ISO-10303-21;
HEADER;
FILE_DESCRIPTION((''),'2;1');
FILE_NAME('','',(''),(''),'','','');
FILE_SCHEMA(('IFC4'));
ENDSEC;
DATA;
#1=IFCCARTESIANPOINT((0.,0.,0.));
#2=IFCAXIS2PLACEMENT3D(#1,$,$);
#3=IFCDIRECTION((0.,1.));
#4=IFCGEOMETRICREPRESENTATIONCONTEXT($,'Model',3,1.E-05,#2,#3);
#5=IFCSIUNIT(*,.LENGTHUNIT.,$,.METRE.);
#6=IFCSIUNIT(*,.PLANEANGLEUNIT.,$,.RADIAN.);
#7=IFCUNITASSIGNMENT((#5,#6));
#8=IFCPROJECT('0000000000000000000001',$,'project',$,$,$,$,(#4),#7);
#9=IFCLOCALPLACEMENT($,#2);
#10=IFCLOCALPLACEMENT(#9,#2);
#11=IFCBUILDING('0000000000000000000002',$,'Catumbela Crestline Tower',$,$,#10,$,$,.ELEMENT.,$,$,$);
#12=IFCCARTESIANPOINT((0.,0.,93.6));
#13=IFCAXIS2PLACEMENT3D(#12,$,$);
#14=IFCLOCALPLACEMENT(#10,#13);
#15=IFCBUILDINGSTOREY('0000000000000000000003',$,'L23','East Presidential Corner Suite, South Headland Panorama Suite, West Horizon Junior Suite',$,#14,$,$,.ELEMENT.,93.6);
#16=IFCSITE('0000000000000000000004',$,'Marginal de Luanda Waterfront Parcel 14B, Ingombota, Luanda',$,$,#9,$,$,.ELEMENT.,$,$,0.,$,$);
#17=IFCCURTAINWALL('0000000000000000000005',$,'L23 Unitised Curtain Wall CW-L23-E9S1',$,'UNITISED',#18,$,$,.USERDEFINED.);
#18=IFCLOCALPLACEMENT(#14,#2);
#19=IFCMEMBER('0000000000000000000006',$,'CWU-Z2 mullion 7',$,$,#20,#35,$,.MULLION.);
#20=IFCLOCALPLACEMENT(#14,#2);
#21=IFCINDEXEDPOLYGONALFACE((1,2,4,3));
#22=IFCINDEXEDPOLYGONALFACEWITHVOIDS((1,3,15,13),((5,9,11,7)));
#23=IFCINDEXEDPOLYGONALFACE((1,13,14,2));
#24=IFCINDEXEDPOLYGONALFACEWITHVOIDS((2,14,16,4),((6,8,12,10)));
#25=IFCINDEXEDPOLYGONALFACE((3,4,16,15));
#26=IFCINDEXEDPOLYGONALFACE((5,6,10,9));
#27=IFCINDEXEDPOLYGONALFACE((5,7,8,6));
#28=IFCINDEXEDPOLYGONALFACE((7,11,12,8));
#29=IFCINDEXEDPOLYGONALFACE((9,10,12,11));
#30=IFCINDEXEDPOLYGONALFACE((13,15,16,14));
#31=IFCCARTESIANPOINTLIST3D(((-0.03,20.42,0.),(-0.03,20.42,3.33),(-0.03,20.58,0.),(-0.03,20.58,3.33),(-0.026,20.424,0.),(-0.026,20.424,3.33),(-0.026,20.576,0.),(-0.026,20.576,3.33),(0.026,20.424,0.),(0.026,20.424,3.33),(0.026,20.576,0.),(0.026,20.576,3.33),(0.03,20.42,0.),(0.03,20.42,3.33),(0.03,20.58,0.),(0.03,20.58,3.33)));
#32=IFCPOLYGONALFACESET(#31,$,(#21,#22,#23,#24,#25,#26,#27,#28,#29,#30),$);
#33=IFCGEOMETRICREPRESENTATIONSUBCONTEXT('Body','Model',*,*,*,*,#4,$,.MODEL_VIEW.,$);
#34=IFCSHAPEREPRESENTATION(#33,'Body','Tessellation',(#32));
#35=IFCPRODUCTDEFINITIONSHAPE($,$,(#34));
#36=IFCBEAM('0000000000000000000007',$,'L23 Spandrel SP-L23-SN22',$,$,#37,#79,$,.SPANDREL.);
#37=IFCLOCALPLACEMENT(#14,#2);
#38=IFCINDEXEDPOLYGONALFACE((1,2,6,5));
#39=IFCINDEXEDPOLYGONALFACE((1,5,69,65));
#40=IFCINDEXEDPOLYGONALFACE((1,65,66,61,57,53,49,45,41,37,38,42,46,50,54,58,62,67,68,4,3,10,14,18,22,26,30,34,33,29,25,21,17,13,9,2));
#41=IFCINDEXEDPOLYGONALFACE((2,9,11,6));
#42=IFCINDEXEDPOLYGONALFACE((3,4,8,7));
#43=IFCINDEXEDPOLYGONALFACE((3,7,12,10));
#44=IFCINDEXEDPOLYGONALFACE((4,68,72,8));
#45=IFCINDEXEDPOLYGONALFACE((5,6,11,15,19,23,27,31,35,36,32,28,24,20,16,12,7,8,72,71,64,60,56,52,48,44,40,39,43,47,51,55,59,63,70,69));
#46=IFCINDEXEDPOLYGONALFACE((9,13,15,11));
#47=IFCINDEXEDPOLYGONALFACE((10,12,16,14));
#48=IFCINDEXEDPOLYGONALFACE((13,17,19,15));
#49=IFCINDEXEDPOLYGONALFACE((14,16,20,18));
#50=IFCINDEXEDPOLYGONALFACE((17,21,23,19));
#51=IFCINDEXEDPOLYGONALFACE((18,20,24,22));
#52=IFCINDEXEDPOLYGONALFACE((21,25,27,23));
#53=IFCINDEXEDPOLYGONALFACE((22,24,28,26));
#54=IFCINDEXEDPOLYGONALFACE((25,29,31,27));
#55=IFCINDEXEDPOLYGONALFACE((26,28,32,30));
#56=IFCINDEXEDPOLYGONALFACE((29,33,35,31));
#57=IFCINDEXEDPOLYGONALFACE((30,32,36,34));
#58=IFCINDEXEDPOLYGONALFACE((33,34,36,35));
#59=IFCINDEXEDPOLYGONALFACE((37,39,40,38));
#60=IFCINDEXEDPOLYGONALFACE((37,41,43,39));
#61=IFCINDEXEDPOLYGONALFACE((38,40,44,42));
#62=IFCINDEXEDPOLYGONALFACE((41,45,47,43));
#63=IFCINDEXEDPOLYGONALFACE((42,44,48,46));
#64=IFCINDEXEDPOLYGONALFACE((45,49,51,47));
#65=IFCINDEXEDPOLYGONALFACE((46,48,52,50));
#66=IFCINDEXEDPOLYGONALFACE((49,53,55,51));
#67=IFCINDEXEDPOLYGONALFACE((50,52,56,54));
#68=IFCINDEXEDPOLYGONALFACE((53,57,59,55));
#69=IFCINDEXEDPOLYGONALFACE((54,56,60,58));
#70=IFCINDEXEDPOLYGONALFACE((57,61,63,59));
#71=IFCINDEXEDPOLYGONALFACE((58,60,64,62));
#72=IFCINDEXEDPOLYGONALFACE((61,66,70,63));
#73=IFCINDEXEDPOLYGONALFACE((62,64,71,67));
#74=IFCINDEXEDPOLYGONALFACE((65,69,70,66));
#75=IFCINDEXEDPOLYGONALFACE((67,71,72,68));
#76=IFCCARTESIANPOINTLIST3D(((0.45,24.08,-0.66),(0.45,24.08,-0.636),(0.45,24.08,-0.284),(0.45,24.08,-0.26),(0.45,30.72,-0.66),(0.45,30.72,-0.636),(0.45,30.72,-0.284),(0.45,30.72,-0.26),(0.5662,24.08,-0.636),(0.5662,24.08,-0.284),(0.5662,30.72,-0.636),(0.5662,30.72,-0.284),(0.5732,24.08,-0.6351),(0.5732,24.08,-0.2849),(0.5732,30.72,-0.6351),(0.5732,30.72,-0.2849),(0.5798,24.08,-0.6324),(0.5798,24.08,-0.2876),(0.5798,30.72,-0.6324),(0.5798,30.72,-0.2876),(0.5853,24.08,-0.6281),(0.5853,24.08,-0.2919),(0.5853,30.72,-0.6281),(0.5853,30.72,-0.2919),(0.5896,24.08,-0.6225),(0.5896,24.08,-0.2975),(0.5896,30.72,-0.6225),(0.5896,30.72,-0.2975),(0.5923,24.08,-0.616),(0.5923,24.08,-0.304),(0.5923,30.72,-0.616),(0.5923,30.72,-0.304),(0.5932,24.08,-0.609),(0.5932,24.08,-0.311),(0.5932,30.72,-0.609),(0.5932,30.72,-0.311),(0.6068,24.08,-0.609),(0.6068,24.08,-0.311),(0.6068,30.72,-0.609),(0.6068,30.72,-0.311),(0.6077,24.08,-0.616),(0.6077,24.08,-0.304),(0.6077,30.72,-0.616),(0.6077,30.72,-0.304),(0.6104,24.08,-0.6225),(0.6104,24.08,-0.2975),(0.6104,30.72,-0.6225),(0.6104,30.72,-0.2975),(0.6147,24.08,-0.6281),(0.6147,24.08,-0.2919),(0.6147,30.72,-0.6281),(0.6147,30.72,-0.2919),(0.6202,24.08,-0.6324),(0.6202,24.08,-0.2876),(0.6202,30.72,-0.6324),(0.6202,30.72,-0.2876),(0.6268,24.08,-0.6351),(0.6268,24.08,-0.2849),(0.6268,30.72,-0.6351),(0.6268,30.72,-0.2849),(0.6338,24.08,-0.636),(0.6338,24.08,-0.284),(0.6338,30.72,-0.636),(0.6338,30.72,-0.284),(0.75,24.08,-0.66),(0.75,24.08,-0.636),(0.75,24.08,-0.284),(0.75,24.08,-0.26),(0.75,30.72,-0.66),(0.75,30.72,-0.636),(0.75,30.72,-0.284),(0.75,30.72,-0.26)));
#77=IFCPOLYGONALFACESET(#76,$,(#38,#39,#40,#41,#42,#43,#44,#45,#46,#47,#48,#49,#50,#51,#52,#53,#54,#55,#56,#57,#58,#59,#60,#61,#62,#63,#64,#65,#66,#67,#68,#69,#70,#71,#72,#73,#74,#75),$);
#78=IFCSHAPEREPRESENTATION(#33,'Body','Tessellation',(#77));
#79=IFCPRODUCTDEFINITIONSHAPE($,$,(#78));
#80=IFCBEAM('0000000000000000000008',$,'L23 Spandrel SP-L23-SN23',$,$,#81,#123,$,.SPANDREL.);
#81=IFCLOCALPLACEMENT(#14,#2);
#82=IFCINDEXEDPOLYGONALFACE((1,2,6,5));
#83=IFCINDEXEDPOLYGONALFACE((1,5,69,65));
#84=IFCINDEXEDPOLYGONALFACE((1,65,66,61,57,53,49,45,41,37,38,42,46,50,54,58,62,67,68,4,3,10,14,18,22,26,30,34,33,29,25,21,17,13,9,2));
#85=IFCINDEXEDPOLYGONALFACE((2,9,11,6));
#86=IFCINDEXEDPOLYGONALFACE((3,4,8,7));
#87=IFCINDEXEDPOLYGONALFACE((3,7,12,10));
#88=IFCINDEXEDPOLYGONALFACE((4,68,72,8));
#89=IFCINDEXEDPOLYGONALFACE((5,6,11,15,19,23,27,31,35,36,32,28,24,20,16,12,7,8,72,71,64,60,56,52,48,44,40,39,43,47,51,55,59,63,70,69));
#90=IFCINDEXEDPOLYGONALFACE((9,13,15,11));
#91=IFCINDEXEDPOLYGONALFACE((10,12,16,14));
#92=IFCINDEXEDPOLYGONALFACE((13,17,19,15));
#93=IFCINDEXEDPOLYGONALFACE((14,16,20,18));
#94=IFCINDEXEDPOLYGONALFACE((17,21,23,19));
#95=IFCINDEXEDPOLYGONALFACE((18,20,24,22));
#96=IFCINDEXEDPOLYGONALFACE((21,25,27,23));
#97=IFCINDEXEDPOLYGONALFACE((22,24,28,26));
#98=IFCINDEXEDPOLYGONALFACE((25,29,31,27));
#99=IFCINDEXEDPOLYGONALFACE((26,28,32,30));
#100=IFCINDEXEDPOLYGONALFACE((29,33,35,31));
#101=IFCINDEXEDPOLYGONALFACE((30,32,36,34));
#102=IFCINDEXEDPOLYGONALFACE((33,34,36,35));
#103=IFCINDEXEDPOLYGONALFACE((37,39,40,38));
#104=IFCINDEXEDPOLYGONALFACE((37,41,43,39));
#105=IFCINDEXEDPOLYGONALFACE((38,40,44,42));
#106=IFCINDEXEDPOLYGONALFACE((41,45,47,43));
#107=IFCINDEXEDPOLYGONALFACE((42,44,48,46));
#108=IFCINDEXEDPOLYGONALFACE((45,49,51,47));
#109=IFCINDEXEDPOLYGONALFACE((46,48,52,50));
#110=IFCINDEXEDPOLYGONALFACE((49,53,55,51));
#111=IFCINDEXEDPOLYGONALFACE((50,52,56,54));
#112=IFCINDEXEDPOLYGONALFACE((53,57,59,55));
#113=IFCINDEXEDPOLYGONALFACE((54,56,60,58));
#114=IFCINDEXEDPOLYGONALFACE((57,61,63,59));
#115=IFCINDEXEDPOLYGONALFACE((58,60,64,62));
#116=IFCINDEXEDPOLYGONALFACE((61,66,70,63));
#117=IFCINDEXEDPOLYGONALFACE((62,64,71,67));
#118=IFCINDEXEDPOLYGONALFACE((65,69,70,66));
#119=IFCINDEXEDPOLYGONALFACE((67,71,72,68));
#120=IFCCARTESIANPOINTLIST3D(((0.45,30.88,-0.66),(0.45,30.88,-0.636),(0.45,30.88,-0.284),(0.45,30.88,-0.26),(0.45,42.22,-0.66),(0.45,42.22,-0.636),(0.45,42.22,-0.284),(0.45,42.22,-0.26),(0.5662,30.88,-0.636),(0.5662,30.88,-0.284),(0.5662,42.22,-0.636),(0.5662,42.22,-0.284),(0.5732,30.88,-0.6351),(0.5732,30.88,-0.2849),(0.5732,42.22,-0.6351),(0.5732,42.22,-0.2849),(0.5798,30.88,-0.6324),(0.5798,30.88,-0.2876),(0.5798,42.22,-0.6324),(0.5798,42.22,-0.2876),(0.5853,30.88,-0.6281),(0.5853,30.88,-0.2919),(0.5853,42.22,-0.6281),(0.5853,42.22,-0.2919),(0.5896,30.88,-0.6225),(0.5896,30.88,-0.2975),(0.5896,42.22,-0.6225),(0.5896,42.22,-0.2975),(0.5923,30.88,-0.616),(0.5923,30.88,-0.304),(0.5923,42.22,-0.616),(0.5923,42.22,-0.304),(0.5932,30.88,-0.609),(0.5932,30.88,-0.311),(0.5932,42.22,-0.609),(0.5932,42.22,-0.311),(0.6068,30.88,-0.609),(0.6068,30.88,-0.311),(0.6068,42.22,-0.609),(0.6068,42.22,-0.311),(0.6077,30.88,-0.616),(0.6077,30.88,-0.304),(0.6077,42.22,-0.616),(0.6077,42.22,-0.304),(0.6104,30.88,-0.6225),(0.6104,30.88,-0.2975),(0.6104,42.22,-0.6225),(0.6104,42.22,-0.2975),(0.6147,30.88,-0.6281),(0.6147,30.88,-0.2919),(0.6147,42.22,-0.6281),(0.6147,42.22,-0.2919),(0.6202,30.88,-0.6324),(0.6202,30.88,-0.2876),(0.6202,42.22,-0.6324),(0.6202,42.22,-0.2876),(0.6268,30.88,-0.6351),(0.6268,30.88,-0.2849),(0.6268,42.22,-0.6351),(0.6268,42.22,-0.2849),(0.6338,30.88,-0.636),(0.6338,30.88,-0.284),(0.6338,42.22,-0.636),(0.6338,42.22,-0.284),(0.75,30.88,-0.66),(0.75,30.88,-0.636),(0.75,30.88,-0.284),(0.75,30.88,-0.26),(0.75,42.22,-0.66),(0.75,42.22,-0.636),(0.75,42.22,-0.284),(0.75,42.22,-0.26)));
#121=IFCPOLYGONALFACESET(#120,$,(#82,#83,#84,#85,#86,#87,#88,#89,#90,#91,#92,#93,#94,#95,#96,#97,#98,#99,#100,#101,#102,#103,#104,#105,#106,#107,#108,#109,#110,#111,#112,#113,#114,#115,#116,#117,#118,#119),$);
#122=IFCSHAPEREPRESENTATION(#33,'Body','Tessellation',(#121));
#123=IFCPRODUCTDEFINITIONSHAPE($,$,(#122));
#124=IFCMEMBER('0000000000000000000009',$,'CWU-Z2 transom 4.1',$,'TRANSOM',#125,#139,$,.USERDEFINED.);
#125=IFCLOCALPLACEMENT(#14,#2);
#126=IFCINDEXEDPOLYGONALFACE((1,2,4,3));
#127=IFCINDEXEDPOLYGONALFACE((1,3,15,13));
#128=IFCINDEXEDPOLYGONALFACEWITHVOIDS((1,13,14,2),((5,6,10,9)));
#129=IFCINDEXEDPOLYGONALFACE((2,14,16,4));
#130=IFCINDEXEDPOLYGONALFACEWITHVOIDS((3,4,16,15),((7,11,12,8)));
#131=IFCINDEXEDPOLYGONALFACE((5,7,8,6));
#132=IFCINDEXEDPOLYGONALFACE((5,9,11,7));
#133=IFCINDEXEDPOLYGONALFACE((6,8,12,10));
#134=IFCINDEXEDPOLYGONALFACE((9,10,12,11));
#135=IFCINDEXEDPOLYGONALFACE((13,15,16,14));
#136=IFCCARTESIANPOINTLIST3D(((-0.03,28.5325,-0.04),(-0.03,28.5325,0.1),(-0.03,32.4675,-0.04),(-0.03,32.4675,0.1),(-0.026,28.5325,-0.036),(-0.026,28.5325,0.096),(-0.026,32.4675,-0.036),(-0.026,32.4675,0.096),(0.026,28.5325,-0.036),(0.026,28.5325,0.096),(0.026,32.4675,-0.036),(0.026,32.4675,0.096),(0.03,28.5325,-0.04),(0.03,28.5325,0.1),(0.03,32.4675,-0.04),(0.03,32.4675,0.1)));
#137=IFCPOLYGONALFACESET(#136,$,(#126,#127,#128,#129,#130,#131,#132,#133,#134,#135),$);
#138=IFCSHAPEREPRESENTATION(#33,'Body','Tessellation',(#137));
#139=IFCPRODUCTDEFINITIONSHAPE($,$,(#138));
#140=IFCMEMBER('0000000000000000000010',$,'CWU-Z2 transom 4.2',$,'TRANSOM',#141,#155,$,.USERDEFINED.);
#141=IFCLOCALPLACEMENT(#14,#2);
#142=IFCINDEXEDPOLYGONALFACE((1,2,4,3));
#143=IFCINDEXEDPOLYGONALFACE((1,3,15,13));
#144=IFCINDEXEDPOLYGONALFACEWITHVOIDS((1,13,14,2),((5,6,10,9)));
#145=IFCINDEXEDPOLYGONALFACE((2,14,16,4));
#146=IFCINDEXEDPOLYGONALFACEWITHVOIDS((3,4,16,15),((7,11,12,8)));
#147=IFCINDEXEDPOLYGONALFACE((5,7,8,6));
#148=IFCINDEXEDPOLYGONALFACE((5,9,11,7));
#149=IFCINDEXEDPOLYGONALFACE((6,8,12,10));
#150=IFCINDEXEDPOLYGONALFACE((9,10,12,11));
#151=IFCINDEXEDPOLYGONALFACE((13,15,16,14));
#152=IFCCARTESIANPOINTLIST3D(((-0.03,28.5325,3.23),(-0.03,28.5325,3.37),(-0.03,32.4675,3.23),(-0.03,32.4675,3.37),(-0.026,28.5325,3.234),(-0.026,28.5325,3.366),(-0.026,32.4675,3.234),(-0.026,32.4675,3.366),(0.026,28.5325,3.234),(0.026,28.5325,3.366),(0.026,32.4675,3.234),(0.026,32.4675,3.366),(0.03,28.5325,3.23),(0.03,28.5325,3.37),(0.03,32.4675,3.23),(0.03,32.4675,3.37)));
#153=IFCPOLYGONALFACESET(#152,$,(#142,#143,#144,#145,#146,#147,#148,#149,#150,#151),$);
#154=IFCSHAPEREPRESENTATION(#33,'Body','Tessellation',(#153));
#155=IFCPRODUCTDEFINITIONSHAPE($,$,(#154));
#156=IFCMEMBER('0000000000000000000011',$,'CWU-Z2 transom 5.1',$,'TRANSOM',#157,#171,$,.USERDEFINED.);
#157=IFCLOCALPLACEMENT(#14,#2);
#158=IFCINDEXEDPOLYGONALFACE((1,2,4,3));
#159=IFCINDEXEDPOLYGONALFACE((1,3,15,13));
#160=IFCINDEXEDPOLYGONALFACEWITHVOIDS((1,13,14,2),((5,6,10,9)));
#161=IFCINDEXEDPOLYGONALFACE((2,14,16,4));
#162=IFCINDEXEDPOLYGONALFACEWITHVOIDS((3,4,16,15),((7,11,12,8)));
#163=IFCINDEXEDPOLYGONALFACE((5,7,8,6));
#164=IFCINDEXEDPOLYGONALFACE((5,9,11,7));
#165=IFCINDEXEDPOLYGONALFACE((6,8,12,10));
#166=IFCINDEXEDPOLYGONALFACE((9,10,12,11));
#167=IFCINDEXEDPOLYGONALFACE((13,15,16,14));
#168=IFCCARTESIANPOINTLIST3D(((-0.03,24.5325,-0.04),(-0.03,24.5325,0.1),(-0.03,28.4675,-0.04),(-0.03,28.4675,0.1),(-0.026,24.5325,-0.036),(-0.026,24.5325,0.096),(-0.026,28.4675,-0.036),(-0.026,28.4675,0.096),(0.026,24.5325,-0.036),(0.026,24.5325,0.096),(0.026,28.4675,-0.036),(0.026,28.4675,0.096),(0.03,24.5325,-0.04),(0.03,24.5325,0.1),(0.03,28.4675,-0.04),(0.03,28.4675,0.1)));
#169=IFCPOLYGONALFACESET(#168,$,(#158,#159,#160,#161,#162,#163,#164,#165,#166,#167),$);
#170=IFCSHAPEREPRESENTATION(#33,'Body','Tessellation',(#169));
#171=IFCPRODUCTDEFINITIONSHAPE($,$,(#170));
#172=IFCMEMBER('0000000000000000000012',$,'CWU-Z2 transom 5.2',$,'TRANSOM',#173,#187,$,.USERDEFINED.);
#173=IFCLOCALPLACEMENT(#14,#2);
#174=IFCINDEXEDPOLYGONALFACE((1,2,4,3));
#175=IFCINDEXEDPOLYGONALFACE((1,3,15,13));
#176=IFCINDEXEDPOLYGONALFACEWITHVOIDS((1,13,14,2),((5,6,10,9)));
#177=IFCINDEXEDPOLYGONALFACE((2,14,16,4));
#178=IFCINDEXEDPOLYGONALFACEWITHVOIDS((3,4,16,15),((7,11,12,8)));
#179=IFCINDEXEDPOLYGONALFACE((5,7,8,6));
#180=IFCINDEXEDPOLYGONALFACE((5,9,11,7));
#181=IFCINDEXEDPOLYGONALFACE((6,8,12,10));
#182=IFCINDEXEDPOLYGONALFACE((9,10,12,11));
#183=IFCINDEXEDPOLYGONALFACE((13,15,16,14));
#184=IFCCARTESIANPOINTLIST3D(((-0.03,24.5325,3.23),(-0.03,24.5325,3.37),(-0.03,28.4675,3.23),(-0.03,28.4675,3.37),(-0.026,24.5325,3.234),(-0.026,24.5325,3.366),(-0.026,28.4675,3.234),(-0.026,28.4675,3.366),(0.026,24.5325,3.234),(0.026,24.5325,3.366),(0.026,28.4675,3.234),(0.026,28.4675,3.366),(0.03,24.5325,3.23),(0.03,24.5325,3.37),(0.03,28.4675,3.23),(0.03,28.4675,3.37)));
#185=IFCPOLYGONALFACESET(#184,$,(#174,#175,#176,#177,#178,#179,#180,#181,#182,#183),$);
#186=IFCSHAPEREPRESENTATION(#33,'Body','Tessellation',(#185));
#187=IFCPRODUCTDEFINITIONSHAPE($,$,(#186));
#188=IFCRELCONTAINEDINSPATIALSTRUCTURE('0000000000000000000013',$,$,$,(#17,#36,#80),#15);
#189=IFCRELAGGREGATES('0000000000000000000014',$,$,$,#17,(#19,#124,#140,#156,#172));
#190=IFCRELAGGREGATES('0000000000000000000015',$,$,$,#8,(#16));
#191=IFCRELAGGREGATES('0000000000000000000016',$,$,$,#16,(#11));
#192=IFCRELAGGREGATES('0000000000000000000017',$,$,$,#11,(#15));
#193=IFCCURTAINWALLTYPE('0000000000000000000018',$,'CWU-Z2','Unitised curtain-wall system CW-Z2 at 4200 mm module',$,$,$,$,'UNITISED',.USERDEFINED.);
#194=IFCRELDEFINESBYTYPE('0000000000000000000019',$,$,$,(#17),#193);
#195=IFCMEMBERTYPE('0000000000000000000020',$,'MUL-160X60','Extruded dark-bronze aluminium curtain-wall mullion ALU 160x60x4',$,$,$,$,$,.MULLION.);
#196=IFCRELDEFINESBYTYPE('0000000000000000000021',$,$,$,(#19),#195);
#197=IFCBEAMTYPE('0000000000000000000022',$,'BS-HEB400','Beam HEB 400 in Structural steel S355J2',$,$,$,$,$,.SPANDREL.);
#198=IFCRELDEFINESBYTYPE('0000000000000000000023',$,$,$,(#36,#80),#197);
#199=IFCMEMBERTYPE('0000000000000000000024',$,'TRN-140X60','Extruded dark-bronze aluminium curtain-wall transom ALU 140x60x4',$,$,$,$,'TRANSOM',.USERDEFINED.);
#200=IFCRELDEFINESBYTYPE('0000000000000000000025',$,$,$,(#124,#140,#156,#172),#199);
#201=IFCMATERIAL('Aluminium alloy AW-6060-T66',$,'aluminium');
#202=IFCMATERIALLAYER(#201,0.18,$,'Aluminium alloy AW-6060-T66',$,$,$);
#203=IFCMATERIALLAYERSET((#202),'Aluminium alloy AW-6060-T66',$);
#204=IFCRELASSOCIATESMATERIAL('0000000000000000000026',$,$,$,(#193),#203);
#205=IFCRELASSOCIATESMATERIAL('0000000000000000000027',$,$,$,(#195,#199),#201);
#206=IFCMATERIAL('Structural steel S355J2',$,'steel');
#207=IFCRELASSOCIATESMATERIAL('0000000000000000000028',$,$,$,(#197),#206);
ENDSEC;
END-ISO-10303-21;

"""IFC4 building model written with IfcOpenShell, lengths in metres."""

from ifc_helpers import new_model, si_unit, direction, frame, origin, origin_2d, place, context, subcontext, project, spatial, hollow_rectangle, i_section, extrude, material, layer, layer_set, material_profile, profile_set, type_object, element, aggregate, save


model = new_model("IFC4")

# Units and contexts
model_context = context("Model", 3, precision=1e-05, world=origin(), true_north=direction((0.0, 1.0)))
body_context = subcontext(model_context, "Body", "Model", "MODEL_VIEW")
ifc_project = project(units=[si_unit("LENGTHUNIT", "METRE"), si_unit("PLANEANGLEUNIT", "RADIAN")], contexts=[model_context])

# Site, building, storey
site_placement = place(None, origin())
site = spatial("IfcSite", under=ifc_project, at=site_placement, Name="Marginal de Luanda Waterfront Parcel 14B, Ingombota, Luanda", CompositionType="ELEMENT", RefElevation=0.0)
building_placement = place(site_placement, origin())
building = spatial("IfcBuilding", under=site, at=building_placement, Name="Catumbela Crestline Tower", CompositionType="ELEMENT")
storey_placement = place(building_placement, frame((0.0, 0.0, 93.6)))
storey = spatial("IfcBuildingStorey", under=building, at=storey_placement, Name="L23", Description="East Presidential Corner Suite, South Headland Panorama Suite, West Horizon Junior Suite", CompositionType="ELEMENT", Elevation=93.6)

# Shared definitions
ifc_material_1 = material(Name="Structural steel S355J2", Category="steel")

# Curtain wall, member
ifc_material_2 = material(Name="Aluminium alloy AW-6060-T66", Category="aluminium")
ifc_layer_1 = layer(ifc_material_2, 0.18, Name="Aluminium alloy AW-6060-T66")
ifc_layer_set_1 = layer_set([ifc_layer_1], Name="Aluminium alloy AW-6060-T66")
curtain_wall_type = type_object("IfcCurtainWallType", Name="CWU-Z2", Description="Unitised curtain-wall system CW-Z2 at 4200 mm module", ElementType="UNITISED", PredefinedType="USERDEFINED", material=ifc_layer_set_1)
curtain_wall_placement = place(storey_placement, origin())
curtain_wall = element("IfcCurtainWall", 1, at=curtain_wall_placement, inside=storey, type_object=curtain_wall_type, Name="L23 Unitised Curtain Wall CW-L23-E9S1", ObjectType="UNITISED", PredefinedType="USERDEFINED")
ifc_material_profile_1 = material_profile(ifc_material_2, hollow_rectangle(XDim=0.06, YDim=0.16, WallThickness=0.004, at=origin_2d()), Name="ALU 160x60x4")
ifc_profile_set_1 = profile_set([ifc_material_profile_1], Name="Aluminium alloy AW-6060-T66")
member_type_1 = type_object("IfcMemberType", Name="MUL-160X60", Description="Extruded dark-bronze aluminium curtain-wall mullion ALU 160x60x4", PredefinedType="MULLION", material=ifc_profile_set_1)
member_1_placement = place(storey_placement, frame((0.0, 20.5, 0.0), z_axis=(0.0, 0.0, 1.0), x_axis=(1.0, 0.0, 0.0)))
member_1 = element("IfcMember", 2, at=member_1_placement, type_object=member_type_1, Name="CWU-Z2 mullion 7", PredefinedType="MULLION", context=body_context, shape_type="SweptSolid", body=[
    extrude(hollow_rectangle(XDim=0.06, YDim=0.16, WallThickness=0.004, at=origin_2d()), origin(), (0.0, 0.0, 1.0), 3.33),
])

# Beams
ifc_material_profile_2 = material_profile(ifc_material_1, i_section(OverallWidth=0.3, OverallDepth=0.4, WebThickness=0.0135, FlangeThickness=0.024, FilletRadius=0.027, at=origin_2d()), Name="HEB 400")
ifc_profile_set_2 = profile_set([ifc_material_profile_2], Name="Structural steel S355J2")
beam_type_1 = type_object("IfcBeamType", Name="BS-HEB400", Description="Beam HEB 400 in Structural steel S355J2", PredefinedType="SPANDREL", material=ifc_profile_set_2)
beam_1_placement = place(storey_placement, frame((0.6, 24.08, -0.46), z_axis=(0.0, 1.0, 0.0), x_axis=(-1.0, 0.0, 0.0)))
element("IfcBeam", 3, at=beam_1_placement, inside=storey, type_object=beam_type_1, Name="L23 Spandrel SP-L23-SN22", PredefinedType="SPANDREL", context=body_context, shape_type="SweptSolid", body=[
    extrude(i_section(OverallWidth=0.3, OverallDepth=0.4, WebThickness=0.0135, FlangeThickness=0.024, FilletRadius=0.027, at=origin_2d()), origin(), (0.0, 0.0, 1.0), 6.64),
])
beam_2_placement = place(storey_placement, frame((0.6, 30.88, -0.46), z_axis=(0.0, 1.0, 0.0), x_axis=(-1.0, 0.0, 0.0)))
element("IfcBeam", 4, at=beam_2_placement, inside=storey, type_object=beam_type_1, Name="L23 Spandrel SP-L23-SN23", PredefinedType="SPANDREL", context=body_context, shape_type="SweptSolid", body=[
    extrude(i_section(OverallWidth=0.3, OverallDepth=0.4, WebThickness=0.0135, FlangeThickness=0.024, FilletRadius=0.027, at=origin_2d()), origin(), (0.0, 0.0, 1.0), 11.34),
])

# Members
ifc_material_profile_3 = material_profile(ifc_material_2, hollow_rectangle(XDim=0.06, YDim=0.14, WallThickness=0.004, at=origin_2d()), Name="ALU 140x60x4")
ifc_profile_set_3 = profile_set([ifc_material_profile_3], Name="Aluminium alloy AW-6060-T66")
member_type_2 = type_object("IfcMemberType", Name="TRN-140X60", Description="Extruded dark-bronze aluminium curtain-wall transom ALU 140x60x4", ElementType="TRANSOM", PredefinedType="USERDEFINED", material=ifc_profile_set_3)
member_2_placement = place(storey_placement, frame((0.0, 32.4675, 0.03), z_axis=(0.0, -1.0, 0.0), x_axis=(1.0, 0.0, 0.0)))
member_2 = element("IfcMember", 5, at=member_2_placement, type_object=member_type_2, Name="CWU-Z2 transom 4.1", ObjectType="TRANSOM", PredefinedType="USERDEFINED", context=body_context, shape_type="SweptSolid", body=[
    extrude(hollow_rectangle(XDim=0.06, YDim=0.14, WallThickness=0.004, at=origin_2d()), origin(), (0.0, 0.0, 1.0), 3.935),
])
member_3_placement = place(storey_placement, frame((0.0, 32.4675, 3.3), z_axis=(0.0, -1.0, 0.0), x_axis=(1.0, 0.0, 0.0)))
member_3 = element("IfcMember", 6, at=member_3_placement, type_object=member_type_2, Name="CWU-Z2 transom 4.2", ObjectType="TRANSOM", PredefinedType="USERDEFINED", context=body_context, shape_type="SweptSolid", body=[
    extrude(hollow_rectangle(XDim=0.06, YDim=0.14, WallThickness=0.004, at=origin_2d()), origin(), (0.0, 0.0, 1.0), 3.935),
])
member_4_placement = place(storey_placement, frame((0.0, 28.4675, 0.03), z_axis=(0.0, -1.0, 0.0), x_axis=(1.0, 0.0, 0.0)))
member_4 = element("IfcMember", 7, at=member_4_placement, type_object=member_type_2, Name="CWU-Z2 transom 5.1", ObjectType="TRANSOM", PredefinedType="USERDEFINED", context=body_context, shape_type="SweptSolid", body=[
    extrude(hollow_rectangle(XDim=0.06, YDim=0.14, WallThickness=0.004, at=origin_2d()), origin(), (0.0, 0.0, 1.0), 3.935),
])
member_5_placement = place(storey_placement, frame((0.0, 28.4675, 3.3), z_axis=(0.0, -1.0, 0.0), x_axis=(1.0, 0.0, 0.0)))
member_5 = element("IfcMember", 8, at=member_5_placement, type_object=member_type_2, Name="CWU-Z2 transom 5.2", ObjectType="TRANSOM", PredefinedType="USERDEFINED", context=body_context, shape_type="SweptSolid", body=[
    extrude(hollow_rectangle(XDim=0.06, YDim=0.14, WallThickness=0.004, at=origin_2d()), origin(), (0.0, 0.0, 1.0), 3.935),
])

aggregate(curtain_wall, [member_1, member_2, member_3, member_4, member_5])

save(model, "model.ifc")
